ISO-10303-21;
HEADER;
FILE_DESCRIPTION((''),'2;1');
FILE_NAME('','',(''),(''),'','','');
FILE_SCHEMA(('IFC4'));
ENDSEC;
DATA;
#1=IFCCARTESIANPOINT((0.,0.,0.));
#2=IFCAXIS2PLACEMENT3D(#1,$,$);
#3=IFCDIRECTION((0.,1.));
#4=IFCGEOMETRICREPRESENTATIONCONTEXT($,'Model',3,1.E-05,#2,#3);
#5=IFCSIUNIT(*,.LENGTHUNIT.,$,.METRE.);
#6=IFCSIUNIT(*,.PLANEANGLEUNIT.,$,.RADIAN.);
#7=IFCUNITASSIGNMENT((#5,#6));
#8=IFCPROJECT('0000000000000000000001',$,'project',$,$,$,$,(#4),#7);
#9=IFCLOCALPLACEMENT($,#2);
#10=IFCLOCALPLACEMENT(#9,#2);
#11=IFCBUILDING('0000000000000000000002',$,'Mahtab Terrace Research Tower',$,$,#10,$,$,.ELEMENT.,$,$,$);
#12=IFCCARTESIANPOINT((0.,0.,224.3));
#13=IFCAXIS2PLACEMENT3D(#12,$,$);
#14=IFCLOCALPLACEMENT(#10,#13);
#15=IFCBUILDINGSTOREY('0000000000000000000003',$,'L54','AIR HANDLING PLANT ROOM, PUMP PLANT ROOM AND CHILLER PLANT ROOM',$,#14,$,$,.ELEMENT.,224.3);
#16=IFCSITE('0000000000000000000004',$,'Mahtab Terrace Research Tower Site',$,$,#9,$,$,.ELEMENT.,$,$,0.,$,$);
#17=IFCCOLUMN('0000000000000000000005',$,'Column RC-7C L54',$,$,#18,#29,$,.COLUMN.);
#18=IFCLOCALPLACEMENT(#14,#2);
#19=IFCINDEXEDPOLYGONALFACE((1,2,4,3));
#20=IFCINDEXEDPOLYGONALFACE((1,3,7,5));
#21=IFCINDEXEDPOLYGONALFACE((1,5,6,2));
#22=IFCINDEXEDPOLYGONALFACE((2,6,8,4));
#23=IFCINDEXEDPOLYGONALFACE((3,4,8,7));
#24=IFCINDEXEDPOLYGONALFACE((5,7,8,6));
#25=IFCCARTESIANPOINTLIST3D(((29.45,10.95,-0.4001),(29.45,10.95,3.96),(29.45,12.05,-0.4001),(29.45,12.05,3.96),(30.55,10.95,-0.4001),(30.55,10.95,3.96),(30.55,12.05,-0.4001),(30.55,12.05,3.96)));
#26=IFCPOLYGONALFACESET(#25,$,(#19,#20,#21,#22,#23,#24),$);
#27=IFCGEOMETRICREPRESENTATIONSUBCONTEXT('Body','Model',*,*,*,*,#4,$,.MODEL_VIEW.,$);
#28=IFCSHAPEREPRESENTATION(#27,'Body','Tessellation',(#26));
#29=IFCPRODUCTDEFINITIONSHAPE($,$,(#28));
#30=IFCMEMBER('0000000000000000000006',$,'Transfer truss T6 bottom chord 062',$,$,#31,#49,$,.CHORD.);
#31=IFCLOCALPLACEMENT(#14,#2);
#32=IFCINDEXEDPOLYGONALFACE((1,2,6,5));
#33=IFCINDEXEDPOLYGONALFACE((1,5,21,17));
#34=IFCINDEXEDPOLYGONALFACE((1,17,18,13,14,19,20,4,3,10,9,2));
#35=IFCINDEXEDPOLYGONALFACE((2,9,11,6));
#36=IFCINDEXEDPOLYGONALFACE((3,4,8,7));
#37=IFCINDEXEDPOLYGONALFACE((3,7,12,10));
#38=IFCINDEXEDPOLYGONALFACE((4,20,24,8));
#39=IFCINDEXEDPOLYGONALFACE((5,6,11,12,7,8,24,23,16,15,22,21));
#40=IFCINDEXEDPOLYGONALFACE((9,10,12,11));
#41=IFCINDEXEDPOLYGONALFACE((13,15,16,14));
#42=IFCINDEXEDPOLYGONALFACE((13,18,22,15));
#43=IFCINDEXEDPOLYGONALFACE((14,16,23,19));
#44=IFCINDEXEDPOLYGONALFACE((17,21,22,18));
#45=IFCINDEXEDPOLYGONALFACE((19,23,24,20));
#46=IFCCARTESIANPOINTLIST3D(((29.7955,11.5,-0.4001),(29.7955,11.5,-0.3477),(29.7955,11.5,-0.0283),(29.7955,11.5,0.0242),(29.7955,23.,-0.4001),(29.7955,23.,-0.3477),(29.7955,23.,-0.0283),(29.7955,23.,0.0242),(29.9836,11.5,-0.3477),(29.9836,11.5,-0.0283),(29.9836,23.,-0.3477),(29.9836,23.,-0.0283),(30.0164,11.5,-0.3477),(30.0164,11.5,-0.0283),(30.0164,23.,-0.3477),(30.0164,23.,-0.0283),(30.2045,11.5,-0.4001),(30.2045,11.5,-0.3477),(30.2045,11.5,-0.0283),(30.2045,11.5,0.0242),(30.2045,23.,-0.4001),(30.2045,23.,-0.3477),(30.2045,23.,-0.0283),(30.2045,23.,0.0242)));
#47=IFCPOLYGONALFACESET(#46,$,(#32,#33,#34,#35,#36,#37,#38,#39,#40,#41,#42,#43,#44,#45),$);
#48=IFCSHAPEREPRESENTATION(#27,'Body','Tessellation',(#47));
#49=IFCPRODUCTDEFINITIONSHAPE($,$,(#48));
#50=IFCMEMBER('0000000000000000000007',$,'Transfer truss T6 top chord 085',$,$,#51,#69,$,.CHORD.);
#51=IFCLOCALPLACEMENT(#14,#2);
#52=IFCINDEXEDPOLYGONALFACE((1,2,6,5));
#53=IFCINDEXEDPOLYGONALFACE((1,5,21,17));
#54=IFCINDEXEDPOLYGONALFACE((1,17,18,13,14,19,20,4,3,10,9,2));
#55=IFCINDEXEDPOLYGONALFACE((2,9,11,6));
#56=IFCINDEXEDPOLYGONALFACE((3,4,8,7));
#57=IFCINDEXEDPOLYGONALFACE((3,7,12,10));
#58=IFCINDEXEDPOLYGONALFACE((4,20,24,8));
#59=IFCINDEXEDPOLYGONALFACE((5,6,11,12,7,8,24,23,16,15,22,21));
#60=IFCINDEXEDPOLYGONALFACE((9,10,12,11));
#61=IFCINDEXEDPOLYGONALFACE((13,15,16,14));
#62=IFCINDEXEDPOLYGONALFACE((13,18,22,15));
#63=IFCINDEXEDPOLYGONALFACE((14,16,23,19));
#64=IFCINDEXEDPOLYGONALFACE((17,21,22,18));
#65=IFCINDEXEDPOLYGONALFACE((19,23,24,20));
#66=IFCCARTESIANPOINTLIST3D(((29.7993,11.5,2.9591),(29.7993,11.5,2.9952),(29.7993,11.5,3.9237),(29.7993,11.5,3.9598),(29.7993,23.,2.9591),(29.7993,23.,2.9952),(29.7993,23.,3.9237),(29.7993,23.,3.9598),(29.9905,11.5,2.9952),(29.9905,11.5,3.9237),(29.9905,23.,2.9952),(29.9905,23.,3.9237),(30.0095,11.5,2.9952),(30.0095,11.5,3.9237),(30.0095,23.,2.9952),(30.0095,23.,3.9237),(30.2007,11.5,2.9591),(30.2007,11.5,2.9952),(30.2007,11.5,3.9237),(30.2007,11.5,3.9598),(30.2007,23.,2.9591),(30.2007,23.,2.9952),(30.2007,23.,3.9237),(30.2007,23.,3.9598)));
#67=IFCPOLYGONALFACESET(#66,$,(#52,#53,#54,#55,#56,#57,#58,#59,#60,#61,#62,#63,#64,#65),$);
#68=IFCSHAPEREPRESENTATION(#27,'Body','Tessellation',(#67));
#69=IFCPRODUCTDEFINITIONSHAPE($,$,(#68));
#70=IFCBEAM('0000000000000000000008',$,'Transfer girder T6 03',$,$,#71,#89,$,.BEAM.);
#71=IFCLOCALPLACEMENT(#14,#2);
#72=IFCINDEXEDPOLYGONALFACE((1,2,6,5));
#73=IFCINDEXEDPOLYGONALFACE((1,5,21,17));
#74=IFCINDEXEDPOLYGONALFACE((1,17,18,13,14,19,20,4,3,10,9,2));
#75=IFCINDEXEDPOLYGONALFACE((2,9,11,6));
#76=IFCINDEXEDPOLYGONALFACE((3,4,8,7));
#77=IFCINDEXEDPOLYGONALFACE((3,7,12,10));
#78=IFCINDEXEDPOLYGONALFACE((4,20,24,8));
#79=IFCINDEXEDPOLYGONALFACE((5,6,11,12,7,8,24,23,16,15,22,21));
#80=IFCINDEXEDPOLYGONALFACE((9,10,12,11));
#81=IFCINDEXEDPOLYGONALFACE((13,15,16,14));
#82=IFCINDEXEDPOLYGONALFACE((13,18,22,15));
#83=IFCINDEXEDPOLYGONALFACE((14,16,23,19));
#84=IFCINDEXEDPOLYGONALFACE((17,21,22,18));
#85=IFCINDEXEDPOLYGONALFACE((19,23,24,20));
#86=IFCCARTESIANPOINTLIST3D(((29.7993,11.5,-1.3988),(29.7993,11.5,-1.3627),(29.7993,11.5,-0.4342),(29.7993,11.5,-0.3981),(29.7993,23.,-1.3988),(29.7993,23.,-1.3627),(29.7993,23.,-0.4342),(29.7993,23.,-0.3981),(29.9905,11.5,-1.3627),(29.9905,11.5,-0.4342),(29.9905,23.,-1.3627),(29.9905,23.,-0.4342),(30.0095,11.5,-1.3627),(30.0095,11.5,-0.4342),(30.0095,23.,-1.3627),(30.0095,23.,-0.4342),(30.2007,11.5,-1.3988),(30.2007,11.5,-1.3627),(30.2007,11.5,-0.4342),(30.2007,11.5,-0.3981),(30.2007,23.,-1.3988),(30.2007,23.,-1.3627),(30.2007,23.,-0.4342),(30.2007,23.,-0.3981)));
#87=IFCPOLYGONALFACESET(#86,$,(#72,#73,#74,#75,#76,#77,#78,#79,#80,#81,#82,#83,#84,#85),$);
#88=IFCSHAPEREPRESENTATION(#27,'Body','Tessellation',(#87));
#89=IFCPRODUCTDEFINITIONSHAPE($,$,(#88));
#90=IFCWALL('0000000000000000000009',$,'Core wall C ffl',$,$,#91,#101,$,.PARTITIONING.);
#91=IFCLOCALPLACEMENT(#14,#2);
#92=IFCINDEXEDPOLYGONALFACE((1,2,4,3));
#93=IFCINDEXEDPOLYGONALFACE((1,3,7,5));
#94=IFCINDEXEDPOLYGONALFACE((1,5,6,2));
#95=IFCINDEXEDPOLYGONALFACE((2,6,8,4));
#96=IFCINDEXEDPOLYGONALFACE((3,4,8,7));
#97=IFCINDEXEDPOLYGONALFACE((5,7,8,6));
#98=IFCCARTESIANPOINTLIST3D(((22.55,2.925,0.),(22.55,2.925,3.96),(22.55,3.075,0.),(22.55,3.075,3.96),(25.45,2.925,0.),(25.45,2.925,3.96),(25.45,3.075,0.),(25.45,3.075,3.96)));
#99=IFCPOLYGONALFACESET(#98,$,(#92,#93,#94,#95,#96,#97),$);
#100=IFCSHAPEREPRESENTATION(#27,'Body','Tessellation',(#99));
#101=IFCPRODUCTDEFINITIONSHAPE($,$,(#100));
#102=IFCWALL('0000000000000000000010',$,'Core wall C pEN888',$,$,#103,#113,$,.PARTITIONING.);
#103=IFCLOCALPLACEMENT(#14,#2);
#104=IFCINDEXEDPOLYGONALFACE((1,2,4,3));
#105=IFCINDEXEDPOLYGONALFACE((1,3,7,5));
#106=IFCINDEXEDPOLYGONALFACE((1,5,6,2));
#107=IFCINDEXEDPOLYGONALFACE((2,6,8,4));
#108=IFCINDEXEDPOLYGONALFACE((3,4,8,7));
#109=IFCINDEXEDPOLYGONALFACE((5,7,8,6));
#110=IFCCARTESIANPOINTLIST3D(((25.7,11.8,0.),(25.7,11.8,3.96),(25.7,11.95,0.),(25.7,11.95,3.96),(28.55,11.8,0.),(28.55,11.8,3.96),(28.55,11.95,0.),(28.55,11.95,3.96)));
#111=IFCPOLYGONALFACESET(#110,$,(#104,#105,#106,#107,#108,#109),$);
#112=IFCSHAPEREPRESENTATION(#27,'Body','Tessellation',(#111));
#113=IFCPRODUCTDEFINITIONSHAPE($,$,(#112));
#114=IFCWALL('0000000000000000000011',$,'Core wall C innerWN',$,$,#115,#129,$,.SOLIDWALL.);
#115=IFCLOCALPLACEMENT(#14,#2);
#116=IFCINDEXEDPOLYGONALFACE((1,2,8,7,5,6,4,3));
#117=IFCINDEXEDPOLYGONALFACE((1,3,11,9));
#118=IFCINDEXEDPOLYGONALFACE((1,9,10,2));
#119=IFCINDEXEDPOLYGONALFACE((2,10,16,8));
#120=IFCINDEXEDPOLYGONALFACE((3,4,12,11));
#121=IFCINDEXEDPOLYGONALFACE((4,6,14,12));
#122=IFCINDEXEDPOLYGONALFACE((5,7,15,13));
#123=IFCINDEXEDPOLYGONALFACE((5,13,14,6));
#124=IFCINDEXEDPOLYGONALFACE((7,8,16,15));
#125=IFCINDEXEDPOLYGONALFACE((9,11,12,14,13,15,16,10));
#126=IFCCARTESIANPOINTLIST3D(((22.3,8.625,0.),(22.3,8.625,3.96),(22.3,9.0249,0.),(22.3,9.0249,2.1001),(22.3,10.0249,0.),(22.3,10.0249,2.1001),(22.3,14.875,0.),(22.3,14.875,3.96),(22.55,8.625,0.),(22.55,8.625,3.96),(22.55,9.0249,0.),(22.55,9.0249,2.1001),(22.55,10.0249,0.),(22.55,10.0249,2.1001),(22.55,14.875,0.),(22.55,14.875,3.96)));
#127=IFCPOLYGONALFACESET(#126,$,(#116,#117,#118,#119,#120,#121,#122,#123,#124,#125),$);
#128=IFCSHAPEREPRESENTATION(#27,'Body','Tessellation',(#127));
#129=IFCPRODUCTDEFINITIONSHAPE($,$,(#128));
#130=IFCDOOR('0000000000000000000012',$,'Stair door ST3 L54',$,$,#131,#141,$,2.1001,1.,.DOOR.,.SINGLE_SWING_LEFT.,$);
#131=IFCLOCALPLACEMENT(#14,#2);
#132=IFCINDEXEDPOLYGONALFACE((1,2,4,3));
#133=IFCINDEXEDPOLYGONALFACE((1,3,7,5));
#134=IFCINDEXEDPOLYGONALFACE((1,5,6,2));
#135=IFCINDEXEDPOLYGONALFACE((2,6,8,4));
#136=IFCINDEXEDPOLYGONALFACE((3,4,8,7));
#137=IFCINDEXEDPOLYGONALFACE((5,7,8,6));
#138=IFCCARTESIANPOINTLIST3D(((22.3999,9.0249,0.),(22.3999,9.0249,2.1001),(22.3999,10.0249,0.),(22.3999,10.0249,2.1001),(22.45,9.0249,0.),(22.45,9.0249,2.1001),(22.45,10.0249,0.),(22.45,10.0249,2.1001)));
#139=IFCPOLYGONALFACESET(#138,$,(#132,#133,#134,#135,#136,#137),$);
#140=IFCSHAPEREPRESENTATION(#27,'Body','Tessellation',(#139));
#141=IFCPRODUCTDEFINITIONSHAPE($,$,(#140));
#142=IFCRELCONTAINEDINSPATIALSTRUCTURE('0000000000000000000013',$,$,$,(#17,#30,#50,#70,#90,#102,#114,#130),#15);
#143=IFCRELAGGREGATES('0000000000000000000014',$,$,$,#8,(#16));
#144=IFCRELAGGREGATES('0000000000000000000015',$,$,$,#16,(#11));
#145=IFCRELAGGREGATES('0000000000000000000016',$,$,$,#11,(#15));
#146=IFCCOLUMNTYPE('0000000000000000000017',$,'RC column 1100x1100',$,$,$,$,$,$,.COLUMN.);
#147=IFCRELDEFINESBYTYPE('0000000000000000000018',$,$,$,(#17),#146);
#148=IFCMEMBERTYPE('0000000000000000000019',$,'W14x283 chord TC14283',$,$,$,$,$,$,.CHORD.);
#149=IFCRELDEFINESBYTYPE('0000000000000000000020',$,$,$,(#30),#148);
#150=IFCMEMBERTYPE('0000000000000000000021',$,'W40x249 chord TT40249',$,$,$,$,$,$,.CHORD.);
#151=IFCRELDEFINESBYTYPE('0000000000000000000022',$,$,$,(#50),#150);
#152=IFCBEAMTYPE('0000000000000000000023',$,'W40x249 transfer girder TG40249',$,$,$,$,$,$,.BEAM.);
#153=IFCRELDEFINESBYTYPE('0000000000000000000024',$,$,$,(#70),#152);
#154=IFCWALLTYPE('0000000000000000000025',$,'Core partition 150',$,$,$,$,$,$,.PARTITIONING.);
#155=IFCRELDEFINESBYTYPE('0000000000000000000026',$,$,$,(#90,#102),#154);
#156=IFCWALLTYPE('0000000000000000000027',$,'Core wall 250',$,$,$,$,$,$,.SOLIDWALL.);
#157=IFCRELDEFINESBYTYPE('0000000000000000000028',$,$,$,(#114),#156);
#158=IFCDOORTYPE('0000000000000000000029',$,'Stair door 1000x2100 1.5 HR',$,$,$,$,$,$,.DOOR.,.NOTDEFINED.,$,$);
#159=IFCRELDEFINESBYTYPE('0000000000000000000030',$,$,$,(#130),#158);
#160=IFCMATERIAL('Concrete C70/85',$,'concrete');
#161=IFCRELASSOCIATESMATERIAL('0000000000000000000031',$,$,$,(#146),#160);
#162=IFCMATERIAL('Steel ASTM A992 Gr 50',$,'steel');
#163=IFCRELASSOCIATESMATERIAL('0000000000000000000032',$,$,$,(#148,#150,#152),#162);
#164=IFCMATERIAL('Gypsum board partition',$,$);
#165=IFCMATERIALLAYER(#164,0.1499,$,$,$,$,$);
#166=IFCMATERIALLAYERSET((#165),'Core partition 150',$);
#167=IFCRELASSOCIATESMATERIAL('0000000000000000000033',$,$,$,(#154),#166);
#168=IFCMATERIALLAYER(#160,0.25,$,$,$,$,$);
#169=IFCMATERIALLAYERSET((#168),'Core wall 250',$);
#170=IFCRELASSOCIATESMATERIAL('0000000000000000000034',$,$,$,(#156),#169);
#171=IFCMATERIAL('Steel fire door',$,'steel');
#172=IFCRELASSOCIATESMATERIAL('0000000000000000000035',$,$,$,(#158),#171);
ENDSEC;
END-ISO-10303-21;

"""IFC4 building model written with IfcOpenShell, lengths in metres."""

from ifc_helpers import new_model, si_unit, direction, frame, frame_2d, origin, origin_2d, place, context, subcontext, project, spatial, rectangle, i_section, extrude, material, layer, layer_set, material_profile, profile_set, type_object, element, fill, save


model = new_model("IFC4")

# Units and contexts
model_context = context("Model", 3, precision=1e-05, world=origin(), true_north=direction((0.0, 1.0)))
body_context = subcontext(model_context, "Body", "Model", "MODEL_VIEW")
ifc_project = project(units=[si_unit("LENGTHUNIT", "METRE"), si_unit("PLANEANGLEUNIT", "RADIAN")], contexts=[model_context])

# Site, building, storey
site_placement = place(None, origin())
site = spatial("IfcSite", under=ifc_project, at=site_placement, Name="Mahtab Terrace Research Tower Site", CompositionType="ELEMENT", RefElevation=0.0)
building_placement = place(site_placement, origin())
building = spatial("IfcBuilding", under=site, at=building_placement, Name="Mahtab Terrace Research Tower", CompositionType="ELEMENT")
storey_placement = place(building_placement, frame((0.0, 0.0, 224.3)))
storey = spatial("IfcBuildingStorey", under=building, at=storey_placement, Name="L54", Description="AIR HANDLING PLANT ROOM, PUMP PLANT ROOM AND CHILLER PLANT ROOM", CompositionType="ELEMENT", Elevation=224.3)

# Column
ifc_material_1 = material(Name="Concrete C70/85", Category="concrete")
ifc_material_profile_1 = material_profile(ifc_material_1, rectangle(XDim=1.1001, YDim=1.1001, at=origin_2d()), Name="RC column 1100x1100")
ifc_profile_set_1 = profile_set([ifc_material_profile_1], Name="Concrete C70/85")
column_type = type_object("IfcColumnType", Name="RC column 1100x1100", PredefinedType="COLUMN", material=ifc_profile_set_1)
column_placement = place(storey_placement, frame((30.0, 11.5, -0.4001), z_axis=(0.0, 0.0, 1.0), x_axis=(1.0, 0.0, 0.0)))
element("IfcColumn", 1, at=column_placement, inside=storey, type_object=column_type, Name="Column RC-7C L54", PredefinedType="COLUMN", context=body_context, shape_type="SweptSolid", body=[
    extrude(rectangle(XDim=1.1001, YDim=1.1001, at=origin_2d()), origin(), (0.0, 0.0, 1.0), 4.3601),
])

# Members
ifc_material_2 = material(Name="Steel ASTM A992 Gr 50", Category="steel")
ifc_material_profile_2 = material_profile(ifc_material_2, i_section(OverallWidth=0.4089, OverallDepth=0.4243, WebThickness=0.0327, FlangeThickness=0.0525, at=origin_2d()), Name="W14X283")
ifc_profile_set_2 = profile_set([ifc_material_profile_2], Name="Steel ASTM A992 Gr 50")
member_type_1 = type_object("IfcMemberType", Name="W14x283 chord TC14283", PredefinedType="CHORD", material=ifc_profile_set_2)
member_1_placement = place(storey_placement, frame((30.0, 11.5, -0.188), z_axis=(0.0, 1.0, 0.0), x_axis=(-1.0, 0.0, 0.0)))
element("IfcMember", 2, at=member_1_placement, inside=storey, type_object=member_type_1, Name="Transfer truss T6 bottom chord 062", PredefinedType="CHORD", context=body_context, shape_type="SweptSolid", body=[
    extrude(i_section(OverallWidth=0.4089, OverallDepth=0.4243, WebThickness=0.0327, FlangeThickness=0.0525, at=origin_2d()), origin(), (0.0, 0.0, 1.0), 11.5),
])
ifc_material_profile_3 = material_profile(ifc_material_2, i_section(OverallWidth=0.4014, OverallDepth=1.0007, WebThickness=0.019, FlangeThickness=0.0361, at=origin_2d()), Name="W40X249")
ifc_profile_set_3 = profile_set([ifc_material_profile_3], Name="Steel ASTM A992 Gr 50")
member_type_2 = type_object("IfcMemberType", Name="W40x249 chord TT40249", PredefinedType="CHORD", material=ifc_profile_set_3)
member_2_placement = place(storey_placement, frame((30.0, 11.5, 3.4595), z_axis=(0.0, 1.0, 0.0), x_axis=(-1.0, 0.0, 0.0)))
element("IfcMember", 3, at=member_2_placement, inside=storey, type_object=member_type_2, Name="Transfer truss T6 top chord 085", PredefinedType="CHORD", context=body_context, shape_type="SweptSolid", body=[
    extrude(i_section(OverallWidth=0.4014, OverallDepth=1.0007, WebThickness=0.019, FlangeThickness=0.0361, at=origin_2d()), origin(), (0.0, 0.0, 1.0), 11.5),
])

# Beam
ifc_material_profile_4 = material_profile(ifc_material_2, i_section(OverallWidth=0.4014, OverallDepth=1.0007, WebThickness=0.019, FlangeThickness=0.0361, at=origin_2d()), Name="W40X249")
ifc_profile_set_4 = profile_set([ifc_material_profile_4], Name="Steel ASTM A992 Gr 50")
beam_type = type_object("IfcBeamType", Name="W40x249 transfer girder TG40249", PredefinedType="BEAM", material=ifc_profile_set_4)
beam_placement = place(storey_placement, frame((30.0, 11.5, -0.8984), z_axis=(0.0, 1.0, 0.0), x_axis=(-1.0, 0.0, 0.0)))
element("IfcBeam", 4, at=beam_placement, inside=storey, type_object=beam_type, Name="Transfer girder T6 03", PredefinedType="BEAM", context=body_context, shape_type="SweptSolid", body=[
    extrude(i_section(OverallWidth=0.4014, OverallDepth=1.0007, WebThickness=0.019, FlangeThickness=0.0361, at=origin_2d()), origin(), (0.0, 0.0, 1.0), 11.5),
])

# Walls
ifc_material_3 = material(Name="Gypsum board partition")
ifc_layer_1 = layer(ifc_material_3, 0.1499)
ifc_layer_set_1 = layer_set([ifc_layer_1], Name="Core partition 150")
wall_type_1 = type_object("IfcWallType", Name="Core partition 150", PredefinedType="PARTITIONING", material=ifc_layer_set_1)
wall_1_placement = place(storey_placement, frame((22.55, 3.0, 0.0), z_axis=(0.0, 0.0, 1.0), x_axis=(1.0, 0.0, 0.0)))
element("IfcWall", 5, at=wall_1_placement, inside=storey, type_object=wall_type_1, Name="Core wall C ffl", PredefinedType="PARTITIONING", context=body_context, shape_type="SweptSolid", body=[
    extrude(rectangle(XDim=2.8999, YDim=0.1499, at=frame_2d((1.45, 0.0))), origin(), (0.0, 0.0, 1.0), 3.96),
])
wall_2_placement = place(storey_placement, frame((25.7, 11.875, 0.0), z_axis=(0.0, 0.0, 1.0), x_axis=(1.0, 0.0, 0.0)))
element("IfcWall", 6, at=wall_2_placement, inside=storey, type_object=wall_type_1, Name="Core wall C pEN888", PredefinedType="PARTITIONING", context=body_context, shape_type="SweptSolid", body=[
    extrude(rectangle(XDim=2.8501, YDim=0.1499, at=frame_2d((1.425, 0.0))), origin(), (0.0, 0.0, 1.0), 3.96),
])

# Wall, opening, door
ifc_layer_2 = layer(ifc_material_1, 0.25)
ifc_layer_set_2 = layer_set([ifc_layer_2], Name="Core wall 250")
wall_type_2 = type_object("IfcWallType", Name="Core wall 250", PredefinedType="SOLIDWALL", material=ifc_layer_set_2)
wall_3_placement = place(storey_placement, frame((22.425, 14.875, 0.0), z_axis=(0.0, 0.0, 1.0), x_axis=(0.0, -1.0, 0.0)))
wall_3 = element("IfcWall", 7, at=wall_3_placement, inside=storey, type_object=wall_type_2, Name="Core wall C innerWN", PredefinedType="SOLIDWALL", context=body_context, shape_type="SweptSolid", body=[
    extrude(rectangle(XDim=6.25, YDim=0.25, at=frame_2d((3.125, 0.0))), origin(), (0.0, 0.0, 1.0), 3.96),
])
opening_1_placement = place(wall_3_placement, frame((4.8501, 0.0, 0.0)))
opening_1 = element("IfcOpeningElement", 8, at=opening_1_placement, cuts=wall_3, PredefinedType="OPENING", context=body_context, shape_type="SweptSolid", body=[
    extrude(rectangle(XDim=1.0, YDim=2.1001, at=frame_2d((0.5, 1.05))), frame((0.0, 0.135, 0.0), z_axis=(0.0, -1.0, 0.0), x_axis=(1.0, 0.0, 0.0)), (0.0, 0.0, 1.0), 0.27),
])
ifc_material_4 = material(Name="Steel fire door", Category="steel")
door_type_1 = type_object("IfcDoorType", Name="Stair door 1000x2100 1.5 HR", OperationType="NOTDEFINED", PredefinedType="DOOR", material=ifc_material_4)
door_1_placement = place(opening_1_placement, origin())
door_1 = element("IfcDoor", 9, at=door_1_placement, inside=storey, type_object=door_type_1, Name="Stair door ST3 L54", OperationType="SINGLE_SWING_LEFT", OverallHeight=2.1001, OverallWidth=1.0, PredefinedType="DOOR", context=body_context, shape_type="SweptSolid", body=[
    extrude(rectangle(XDim=1.0, YDim=2.1001, at=frame_2d((0.5, 1.05))), frame((0.0, 0.0249, 0.0), z_axis=(0.0, -1.0, 0.0), x_axis=(1.0, 0.0, 0.0)), (0.0, 0.0, 1.0), 0.05),
])
fill(opening_1, door_1)

save(model, "model.ifc")
